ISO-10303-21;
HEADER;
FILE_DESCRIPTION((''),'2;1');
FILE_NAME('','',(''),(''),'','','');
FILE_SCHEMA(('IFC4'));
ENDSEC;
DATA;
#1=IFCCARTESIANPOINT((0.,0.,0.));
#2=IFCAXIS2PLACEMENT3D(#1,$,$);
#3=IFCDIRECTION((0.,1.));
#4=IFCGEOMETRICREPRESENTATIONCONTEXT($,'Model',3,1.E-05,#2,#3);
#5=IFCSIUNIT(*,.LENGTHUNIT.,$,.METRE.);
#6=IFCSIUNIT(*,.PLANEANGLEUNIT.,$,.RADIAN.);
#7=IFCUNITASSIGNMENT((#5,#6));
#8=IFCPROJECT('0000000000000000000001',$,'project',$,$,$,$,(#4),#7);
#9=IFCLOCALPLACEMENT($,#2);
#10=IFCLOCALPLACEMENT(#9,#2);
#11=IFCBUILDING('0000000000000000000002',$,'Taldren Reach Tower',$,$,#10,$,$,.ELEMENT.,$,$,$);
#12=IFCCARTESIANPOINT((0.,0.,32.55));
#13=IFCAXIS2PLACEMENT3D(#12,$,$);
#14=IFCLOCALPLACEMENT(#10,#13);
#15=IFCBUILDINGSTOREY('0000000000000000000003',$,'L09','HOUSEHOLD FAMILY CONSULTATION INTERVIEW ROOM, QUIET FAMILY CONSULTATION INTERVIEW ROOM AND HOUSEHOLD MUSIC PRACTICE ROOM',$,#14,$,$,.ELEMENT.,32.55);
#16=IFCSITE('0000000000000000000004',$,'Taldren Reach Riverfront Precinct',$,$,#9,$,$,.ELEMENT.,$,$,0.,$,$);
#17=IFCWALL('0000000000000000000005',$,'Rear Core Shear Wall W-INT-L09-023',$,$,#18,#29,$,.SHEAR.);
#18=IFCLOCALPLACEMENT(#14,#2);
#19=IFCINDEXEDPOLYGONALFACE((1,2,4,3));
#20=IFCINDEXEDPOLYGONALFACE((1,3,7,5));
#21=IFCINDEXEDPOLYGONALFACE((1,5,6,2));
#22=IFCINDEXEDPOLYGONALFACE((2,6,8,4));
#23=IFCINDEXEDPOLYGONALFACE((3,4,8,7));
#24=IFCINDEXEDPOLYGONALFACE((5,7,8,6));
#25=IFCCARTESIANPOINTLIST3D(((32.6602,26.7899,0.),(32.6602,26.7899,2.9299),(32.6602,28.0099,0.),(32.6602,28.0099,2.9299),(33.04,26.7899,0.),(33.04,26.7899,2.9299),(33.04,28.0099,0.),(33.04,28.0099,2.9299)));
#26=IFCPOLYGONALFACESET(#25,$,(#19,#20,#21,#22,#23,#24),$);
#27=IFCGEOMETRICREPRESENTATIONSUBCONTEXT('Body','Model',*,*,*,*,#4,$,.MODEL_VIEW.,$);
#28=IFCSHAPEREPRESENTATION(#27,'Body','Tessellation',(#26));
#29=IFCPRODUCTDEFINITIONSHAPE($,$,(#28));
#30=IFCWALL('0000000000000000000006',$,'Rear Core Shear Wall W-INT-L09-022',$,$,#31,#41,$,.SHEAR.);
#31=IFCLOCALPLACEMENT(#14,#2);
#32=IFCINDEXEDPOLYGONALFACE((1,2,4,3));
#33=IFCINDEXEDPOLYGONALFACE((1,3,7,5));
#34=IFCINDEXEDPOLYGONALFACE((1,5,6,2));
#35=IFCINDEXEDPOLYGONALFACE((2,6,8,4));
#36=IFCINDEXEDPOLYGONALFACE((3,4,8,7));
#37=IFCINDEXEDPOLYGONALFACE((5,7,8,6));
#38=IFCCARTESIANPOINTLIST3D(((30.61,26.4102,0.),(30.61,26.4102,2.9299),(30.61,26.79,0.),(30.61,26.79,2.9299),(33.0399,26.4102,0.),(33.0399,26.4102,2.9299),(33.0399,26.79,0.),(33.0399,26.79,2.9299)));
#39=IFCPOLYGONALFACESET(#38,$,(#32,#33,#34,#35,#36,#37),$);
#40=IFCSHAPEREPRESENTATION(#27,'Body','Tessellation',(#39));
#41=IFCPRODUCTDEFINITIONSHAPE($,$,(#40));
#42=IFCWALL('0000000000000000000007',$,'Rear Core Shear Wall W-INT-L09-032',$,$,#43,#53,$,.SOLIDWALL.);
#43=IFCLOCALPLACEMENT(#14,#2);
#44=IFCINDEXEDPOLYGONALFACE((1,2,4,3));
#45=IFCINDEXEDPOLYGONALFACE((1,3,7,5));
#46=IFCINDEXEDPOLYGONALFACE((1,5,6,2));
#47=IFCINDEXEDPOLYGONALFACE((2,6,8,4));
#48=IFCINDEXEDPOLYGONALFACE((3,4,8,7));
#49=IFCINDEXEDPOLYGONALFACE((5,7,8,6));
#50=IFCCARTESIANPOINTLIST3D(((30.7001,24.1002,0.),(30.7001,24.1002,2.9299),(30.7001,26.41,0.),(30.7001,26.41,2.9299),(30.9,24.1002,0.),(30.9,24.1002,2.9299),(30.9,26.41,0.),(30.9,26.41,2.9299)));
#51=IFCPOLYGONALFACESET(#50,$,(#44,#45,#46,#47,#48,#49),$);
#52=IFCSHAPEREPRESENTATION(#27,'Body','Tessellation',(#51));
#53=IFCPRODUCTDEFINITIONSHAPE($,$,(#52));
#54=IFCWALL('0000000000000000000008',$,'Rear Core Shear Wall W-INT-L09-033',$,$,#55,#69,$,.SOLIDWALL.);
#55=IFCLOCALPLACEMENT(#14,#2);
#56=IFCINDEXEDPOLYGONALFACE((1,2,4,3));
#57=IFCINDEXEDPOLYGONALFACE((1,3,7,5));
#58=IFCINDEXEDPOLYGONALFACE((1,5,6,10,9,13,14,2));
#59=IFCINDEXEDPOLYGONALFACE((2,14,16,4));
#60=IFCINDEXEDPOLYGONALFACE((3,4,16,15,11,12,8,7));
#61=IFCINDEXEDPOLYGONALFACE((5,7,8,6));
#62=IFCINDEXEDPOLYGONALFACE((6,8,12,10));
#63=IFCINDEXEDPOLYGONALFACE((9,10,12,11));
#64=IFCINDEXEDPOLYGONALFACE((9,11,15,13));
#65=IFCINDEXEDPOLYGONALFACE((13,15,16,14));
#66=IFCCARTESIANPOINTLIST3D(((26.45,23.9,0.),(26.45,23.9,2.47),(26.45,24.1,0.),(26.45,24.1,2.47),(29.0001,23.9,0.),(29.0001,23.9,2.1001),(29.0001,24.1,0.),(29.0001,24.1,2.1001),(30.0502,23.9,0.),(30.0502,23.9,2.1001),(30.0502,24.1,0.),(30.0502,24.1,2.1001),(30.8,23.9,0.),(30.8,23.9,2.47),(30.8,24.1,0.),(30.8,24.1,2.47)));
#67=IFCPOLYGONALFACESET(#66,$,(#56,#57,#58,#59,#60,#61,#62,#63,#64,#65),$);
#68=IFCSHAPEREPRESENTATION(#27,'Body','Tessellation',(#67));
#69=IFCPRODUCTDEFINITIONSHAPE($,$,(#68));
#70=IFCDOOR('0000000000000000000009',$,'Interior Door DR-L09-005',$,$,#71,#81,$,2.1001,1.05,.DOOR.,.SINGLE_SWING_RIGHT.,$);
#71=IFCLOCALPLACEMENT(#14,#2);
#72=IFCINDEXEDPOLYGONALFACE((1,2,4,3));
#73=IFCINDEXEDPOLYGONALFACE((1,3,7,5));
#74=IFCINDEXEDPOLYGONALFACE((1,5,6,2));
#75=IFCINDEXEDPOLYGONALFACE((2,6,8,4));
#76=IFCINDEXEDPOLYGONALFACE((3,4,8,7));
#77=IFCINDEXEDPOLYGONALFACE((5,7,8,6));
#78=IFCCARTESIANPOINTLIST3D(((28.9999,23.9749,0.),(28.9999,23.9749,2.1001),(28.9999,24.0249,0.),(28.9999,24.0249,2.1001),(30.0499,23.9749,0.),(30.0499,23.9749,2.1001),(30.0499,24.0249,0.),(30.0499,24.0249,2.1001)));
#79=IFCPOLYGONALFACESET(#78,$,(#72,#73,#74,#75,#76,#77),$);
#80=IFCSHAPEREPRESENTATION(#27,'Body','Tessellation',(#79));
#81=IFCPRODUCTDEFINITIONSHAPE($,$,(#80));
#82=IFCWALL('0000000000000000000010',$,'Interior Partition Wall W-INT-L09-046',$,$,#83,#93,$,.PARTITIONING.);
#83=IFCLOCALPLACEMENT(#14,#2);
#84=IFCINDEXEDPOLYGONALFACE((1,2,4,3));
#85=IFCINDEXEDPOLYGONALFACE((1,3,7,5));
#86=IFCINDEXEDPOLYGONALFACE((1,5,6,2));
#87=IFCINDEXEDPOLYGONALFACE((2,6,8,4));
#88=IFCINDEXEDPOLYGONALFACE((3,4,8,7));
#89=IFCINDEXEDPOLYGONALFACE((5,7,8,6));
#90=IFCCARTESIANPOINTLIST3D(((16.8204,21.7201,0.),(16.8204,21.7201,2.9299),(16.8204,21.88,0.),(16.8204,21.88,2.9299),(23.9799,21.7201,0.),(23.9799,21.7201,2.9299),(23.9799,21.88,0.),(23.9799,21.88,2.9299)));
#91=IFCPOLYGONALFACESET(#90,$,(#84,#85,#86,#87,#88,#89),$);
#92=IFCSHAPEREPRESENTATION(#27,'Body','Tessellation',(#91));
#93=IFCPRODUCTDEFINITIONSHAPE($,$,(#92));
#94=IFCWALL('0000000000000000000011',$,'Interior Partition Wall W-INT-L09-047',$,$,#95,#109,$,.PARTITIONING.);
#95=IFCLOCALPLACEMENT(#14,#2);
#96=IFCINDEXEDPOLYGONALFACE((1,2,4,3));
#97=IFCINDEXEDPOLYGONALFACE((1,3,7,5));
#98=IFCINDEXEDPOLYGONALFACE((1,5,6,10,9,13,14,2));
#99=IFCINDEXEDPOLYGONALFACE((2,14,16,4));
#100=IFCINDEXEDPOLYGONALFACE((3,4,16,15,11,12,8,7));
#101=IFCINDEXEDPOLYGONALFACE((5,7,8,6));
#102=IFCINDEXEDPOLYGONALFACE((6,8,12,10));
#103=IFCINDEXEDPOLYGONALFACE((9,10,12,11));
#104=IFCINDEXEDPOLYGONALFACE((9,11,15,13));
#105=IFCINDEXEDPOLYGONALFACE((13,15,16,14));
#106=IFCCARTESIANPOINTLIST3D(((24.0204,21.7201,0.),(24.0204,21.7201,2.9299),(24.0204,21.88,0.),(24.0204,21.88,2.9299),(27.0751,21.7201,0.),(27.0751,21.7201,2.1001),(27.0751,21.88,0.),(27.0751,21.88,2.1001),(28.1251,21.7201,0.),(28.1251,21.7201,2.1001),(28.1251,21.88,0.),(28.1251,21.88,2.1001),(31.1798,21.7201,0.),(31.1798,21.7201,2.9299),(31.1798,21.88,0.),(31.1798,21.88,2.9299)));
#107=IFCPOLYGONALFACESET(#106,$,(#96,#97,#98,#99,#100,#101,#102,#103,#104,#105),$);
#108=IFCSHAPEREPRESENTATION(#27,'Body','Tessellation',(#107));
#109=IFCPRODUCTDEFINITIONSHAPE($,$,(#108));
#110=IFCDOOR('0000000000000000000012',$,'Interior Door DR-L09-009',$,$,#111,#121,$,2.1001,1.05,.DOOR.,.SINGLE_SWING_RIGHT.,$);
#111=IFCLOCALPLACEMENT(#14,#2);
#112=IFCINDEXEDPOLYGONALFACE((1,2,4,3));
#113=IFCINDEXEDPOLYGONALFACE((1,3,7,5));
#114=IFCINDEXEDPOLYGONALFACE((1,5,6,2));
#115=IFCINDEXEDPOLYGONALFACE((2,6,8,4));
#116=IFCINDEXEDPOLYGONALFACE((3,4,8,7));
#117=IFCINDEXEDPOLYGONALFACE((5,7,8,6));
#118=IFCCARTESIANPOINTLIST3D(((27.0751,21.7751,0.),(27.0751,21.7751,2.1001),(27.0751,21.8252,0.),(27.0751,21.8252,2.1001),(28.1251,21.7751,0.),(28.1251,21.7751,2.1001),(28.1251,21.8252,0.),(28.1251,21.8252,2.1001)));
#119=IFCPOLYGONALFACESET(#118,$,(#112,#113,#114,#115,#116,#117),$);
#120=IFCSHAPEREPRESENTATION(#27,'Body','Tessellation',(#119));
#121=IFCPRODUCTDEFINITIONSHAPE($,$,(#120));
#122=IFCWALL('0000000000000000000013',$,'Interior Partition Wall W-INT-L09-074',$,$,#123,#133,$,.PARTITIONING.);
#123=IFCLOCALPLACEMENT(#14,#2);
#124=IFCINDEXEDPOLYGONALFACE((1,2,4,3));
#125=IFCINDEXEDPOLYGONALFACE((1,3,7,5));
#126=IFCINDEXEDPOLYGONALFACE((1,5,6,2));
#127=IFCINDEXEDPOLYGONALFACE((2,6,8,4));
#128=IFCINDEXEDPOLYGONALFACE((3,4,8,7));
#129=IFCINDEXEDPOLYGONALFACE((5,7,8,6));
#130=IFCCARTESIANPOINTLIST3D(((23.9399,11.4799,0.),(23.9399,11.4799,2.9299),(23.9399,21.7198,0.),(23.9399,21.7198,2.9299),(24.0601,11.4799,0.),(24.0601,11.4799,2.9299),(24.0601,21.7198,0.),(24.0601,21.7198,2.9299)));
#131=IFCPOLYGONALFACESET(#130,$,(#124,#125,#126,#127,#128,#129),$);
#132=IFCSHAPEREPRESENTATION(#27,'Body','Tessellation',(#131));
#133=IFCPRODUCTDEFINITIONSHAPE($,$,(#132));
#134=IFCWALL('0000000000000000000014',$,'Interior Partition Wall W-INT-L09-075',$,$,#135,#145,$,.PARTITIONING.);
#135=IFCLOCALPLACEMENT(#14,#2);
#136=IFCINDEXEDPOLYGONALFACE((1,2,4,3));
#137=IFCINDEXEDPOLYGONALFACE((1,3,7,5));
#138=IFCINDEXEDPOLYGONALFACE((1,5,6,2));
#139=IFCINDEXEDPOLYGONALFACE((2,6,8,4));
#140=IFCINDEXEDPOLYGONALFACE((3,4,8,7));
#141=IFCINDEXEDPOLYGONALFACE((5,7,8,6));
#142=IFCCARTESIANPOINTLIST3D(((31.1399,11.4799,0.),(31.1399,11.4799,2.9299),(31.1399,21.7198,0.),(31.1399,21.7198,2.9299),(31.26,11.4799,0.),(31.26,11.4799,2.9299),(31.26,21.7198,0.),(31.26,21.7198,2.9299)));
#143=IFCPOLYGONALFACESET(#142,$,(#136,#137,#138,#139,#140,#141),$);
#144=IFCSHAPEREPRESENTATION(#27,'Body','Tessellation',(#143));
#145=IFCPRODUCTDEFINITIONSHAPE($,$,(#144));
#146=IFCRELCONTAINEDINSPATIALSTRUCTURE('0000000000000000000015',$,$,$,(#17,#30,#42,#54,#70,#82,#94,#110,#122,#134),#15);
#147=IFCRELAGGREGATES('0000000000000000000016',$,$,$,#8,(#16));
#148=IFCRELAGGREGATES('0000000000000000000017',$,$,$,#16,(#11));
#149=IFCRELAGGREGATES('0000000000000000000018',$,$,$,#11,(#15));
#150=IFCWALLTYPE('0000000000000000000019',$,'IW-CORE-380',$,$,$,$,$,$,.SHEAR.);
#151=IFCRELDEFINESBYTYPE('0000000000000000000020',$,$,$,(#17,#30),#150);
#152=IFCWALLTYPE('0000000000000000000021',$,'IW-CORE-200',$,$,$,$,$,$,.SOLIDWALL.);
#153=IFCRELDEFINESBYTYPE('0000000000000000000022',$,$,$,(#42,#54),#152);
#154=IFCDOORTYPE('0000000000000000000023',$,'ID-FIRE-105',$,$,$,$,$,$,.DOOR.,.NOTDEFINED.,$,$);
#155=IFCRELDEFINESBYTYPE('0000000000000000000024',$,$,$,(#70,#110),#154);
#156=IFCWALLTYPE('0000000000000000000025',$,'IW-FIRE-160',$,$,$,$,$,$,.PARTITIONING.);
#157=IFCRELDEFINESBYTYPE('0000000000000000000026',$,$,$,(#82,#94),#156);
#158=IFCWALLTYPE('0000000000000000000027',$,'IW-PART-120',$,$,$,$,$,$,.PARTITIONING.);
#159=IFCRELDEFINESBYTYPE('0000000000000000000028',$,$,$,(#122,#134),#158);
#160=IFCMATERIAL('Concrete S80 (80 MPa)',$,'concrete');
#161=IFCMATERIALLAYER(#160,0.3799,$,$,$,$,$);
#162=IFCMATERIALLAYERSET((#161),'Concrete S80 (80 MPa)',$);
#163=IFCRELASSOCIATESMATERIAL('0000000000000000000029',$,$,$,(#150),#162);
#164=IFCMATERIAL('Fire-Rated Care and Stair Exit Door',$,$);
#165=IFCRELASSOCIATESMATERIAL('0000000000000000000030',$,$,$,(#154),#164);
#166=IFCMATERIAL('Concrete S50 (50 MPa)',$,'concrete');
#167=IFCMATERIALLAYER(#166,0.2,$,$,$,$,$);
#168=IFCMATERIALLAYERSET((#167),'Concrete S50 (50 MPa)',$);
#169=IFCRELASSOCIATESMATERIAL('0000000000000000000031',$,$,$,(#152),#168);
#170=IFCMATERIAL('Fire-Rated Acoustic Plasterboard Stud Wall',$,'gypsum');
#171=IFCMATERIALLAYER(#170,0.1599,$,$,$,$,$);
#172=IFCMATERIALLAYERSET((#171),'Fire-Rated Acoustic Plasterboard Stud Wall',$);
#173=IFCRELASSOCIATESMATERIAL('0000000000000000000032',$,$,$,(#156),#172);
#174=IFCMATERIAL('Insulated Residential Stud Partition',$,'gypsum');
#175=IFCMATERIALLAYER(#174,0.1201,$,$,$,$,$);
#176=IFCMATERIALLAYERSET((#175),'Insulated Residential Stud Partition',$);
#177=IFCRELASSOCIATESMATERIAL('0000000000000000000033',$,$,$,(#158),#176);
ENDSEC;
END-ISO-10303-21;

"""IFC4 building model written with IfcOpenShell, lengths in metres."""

from ifc_helpers import new_model, si_unit, direction, frame, frame_2d, origin, place, context, subcontext, project, spatial, rectangle, extrude, source, transform, mapped, material, layer, layer_set, type_object, element, fill, save


model = new_model("IFC4")

# Units and contexts
model_context = context("Model", 3, precision=1e-05, world=origin(), true_north=direction((0.0, 1.0)))
body_context = subcontext(model_context, "Body", "Model", "MODEL_VIEW")
ifc_project = project(units=[si_unit("LENGTHUNIT", "METRE"), si_unit("PLANEANGLEUNIT", "RADIAN")], contexts=[model_context])

# Site, building, storey
site_placement = place(None, origin())
site = spatial("IfcSite", under=ifc_project, at=site_placement, Name="Taldren Reach Riverfront Precinct", CompositionType="ELEMENT", RefElevation=0.0)
building_placement = place(site_placement, origin())
building = spatial("IfcBuilding", under=site, at=building_placement, Name="Taldren Reach Tower", CompositionType="ELEMENT")
storey_placement = place(building_placement, frame((0.0, 0.0, 32.55)))
storey = spatial("IfcBuildingStorey", under=building, at=storey_placement, Name="L09", Description="HOUSEHOLD FAMILY CONSULTATION INTERVIEW ROOM, QUIET FAMILY CONSULTATION INTERVIEW ROOM AND HOUSEHOLD MUSIC PRACTICE ROOM", CompositionType="ELEMENT", Elevation=32.55)

# Shared definitions
ifc_material_1 = material(Name="Concrete S80 (80 MPa)", Category="concrete")
ifc_layer_1 = layer(ifc_material_1, 0.3799)
ifc_layer_set_1 = layer_set([ifc_layer_1], Name="Concrete S80 (80 MPa)")
wall_type_1 = type_object("IfcWallType", Name="IW-CORE-380", PredefinedType="SHEAR", material=ifc_layer_set_1)
ifc_material_2 = material(Name="Fire-Rated Care and Stair Exit Door")
door_type = type_object("IfcDoorType", Name="ID-FIRE-105", OperationType="NOTDEFINED", PredefinedType="DOOR", material=ifc_material_2)
shared_shape_1 = source(origin(), body_context, "Body", "SweptSolid", [
    extrude(rectangle(XDim=1.05, YDim=2.1001, at=frame_2d((0.5249, 1.05))), frame((0.0, 0.0249, 0.0), z_axis=(0.0, -1.0, 0.0), x_axis=(1.0, 0.0, 0.0)), (0.0, 0.0, 1.0), 0.05),
])

# Shared definitions
ifc_material_3 = material(Name="Concrete S50 (50 MPa)", Category="concrete")
ifc_layer_2 = layer(ifc_material_3, 0.2)
ifc_layer_set_2 = layer_set([ifc_layer_2], Name="Concrete S50 (50 MPa)")
wall_type_2 = type_object("IfcWallType", Name="IW-CORE-200", PredefinedType="SOLIDWALL", material=ifc_layer_set_2)

# Shared definitions
shared_shape_2 = source(origin(), body_context, "Body", "SweptSolid", [
    extrude(rectangle(XDim=1.05, YDim=2.1001, at=frame_2d((0.5249, 1.05))), frame((0.0, 0.1099, 0.0), z_axis=(0.0, -1.0, 0.0), x_axis=(1.0, 0.0, 0.0)), (0.0, 0.0, 1.0), 0.22),
])

# Walls
shared_shape_3 = source(origin(), body_context, "Body", "SweptSolid", [
    extrude(rectangle(XDim=1.22, YDim=0.3799, at=frame_2d((0.6099, 0.0))), origin(), (0.0, 0.0, 1.0), 2.9299),
])
wall_1_placement = place(storey_placement, frame((32.8501, 26.79, 0.0), z_axis=(0.0, 0.0, 1.0), x_axis=(0.0, 1.0, 0.0)))
element("IfcWall", 1, at=wall_1_placement, inside=storey, type_object=wall_type_1, Name="Rear Core Shear Wall W-INT-L09-023", PredefinedType="SHEAR", context=body_context, shape_type="MappedRepresentation", body=[
    mapped(shared_shape_3, transform((0.0, 0.0, 0.0), scale=1.0)),
])
shared_shape_4 = source(origin(), body_context, "Body", "SweptSolid", [
    extrude(rectangle(XDim=2.4299, YDim=0.3799, at=frame_2d((1.2148, 0.0))), origin(), (0.0, 0.0, 1.0), 2.9299),
])
wall_2_placement = place(storey_placement, frame((30.6101, 26.6001, 0.0), z_axis=(0.0, 0.0, 1.0), x_axis=(1.0, 0.0, 0.0)))
element("IfcWall", 2, at=wall_2_placement, inside=storey, type_object=wall_type_1, Name="Rear Core Shear Wall W-INT-L09-022", PredefinedType="SHEAR", context=body_context, shape_type="MappedRepresentation", body=[
    mapped(shared_shape_4, transform((0.0, 0.0, 0.0), scale=1.0)),
])
shared_shape_5 = source(origin(), body_context, "Body", "SweptSolid", [
    extrude(rectangle(XDim=2.3098, YDim=0.2, at=frame_2d((1.1548, 0.0))), origin(), (0.0, 0.0, 1.0), 2.9299),
])
wall_3_placement = place(storey_placement, frame((30.8, 26.4099, 0.0), z_axis=(0.0, 0.0, 1.0), x_axis=(0.0, -1.0, 0.0)))
element("IfcWall", 3, at=wall_3_placement, inside=storey, type_object=wall_type_2, Name="Rear Core Shear Wall W-INT-L09-032", PredefinedType="SOLIDWALL", context=body_context, shape_type="MappedRepresentation", body=[
    mapped(shared_shape_5, transform((0.0, 0.0, 0.0), scale=1.0)),
])

# Wall, opening, door
shared_shape_6 = source(origin(), body_context, "Body", "SweptSolid", [
    extrude(rectangle(XDim=4.3501, YDim=0.2, at=frame_2d((2.175, 0.0))), origin(), (0.0, 0.0, 1.0), 2.47),
])
wall_4_placement = place(storey_placement, frame((30.8, 24.0, 0.0), z_axis=(0.0, 0.0, 1.0), x_axis=(-1.0, 0.0, 0.0)))
wall_4 = element("IfcWall", 4, at=wall_4_placement, inside=storey, type_object=wall_type_2, Name="Rear Core Shear Wall W-INT-L09-033", PredefinedType="SOLIDWALL", context=body_context, shape_type="MappedRepresentation", body=[
    mapped(shared_shape_6, transform((0.0, 0.0, 0.0), scale=1.0)),
])
opening_1_placement = place(wall_4_placement, frame((0.75, 0.0, 0.0)))
opening_1 = element("IfcOpeningElement", 5, at=opening_1_placement, cuts=wall_4, PredefinedType="OPENING", context=body_context, shape_type="MappedRepresentation", body=[
    mapped(shared_shape_2, transform((0.0, 0.0, 0.0), scale=1.0)),
])
door_1_placement = place(opening_1_placement, frame((1.05, 0.0, 0.0), z_axis=(0.0, 0.0, 1.0), x_axis=(-1.0, 0.0, 0.0)))
door_1 = element("IfcDoor", 6, at=door_1_placement, inside=storey, type_object=door_type, Name="Interior Door DR-L09-005", OperationType="SINGLE_SWING_RIGHT", OverallHeight=2.1001, OverallWidth=1.05, PredefinedType="DOOR", context=body_context, shape_type="MappedRepresentation", body=[
    mapped(shared_shape_1, transform((0.0, 0.0, 0.0), scale=1.0)),
])
fill(opening_1, door_1)

# Wall
ifc_material_4 = material(Name="Fire-Rated Acoustic Plasterboard Stud Wall", Category="gypsum")
ifc_layer_3 = layer(ifc_material_4, 0.1599)
ifc_layer_set_3 = layer_set([ifc_layer_3], Name="Fire-Rated Acoustic Plasterboard Stud Wall")
wall_type_3 = type_object("IfcWallType", Name="IW-FIRE-160", PredefinedType="PARTITIONING", material=ifc_layer_set_3)
shared_shape_7 = source(origin(), body_context, "Body", "SweptSolid", [
    extrude(rectangle(XDim=7.1594, YDim=0.1599, at=frame_2d((3.5796, 0.0))), origin(), (0.0, 0.0, 1.0), 2.9299),
])
wall_5_placement = place(storey_placement, frame((23.9797, 21.8, 0.0), z_axis=(0.0, 0.0, 1.0), x_axis=(-1.0, 0.0, 0.0)))
element("IfcWall", 7, at=wall_5_placement, inside=storey, type_object=wall_type_3, Name="Interior Partition Wall W-INT-L09-046", PredefinedType="PARTITIONING", context=body_context, shape_type="MappedRepresentation", body=[
    mapped(shared_shape_7, transform((0.0, 0.0, 0.0), scale=1.0)),
])

# Wall, opening, door
wall_6_placement = place(storey_placement, frame((31.1797, 21.8, 0.0), z_axis=(0.0, 0.0, 1.0), x_axis=(-1.0, 0.0, 0.0)))
wall_6 = element("IfcWall", 8, at=wall_6_placement, inside=storey, type_object=wall_type_3, Name="Interior Partition Wall W-INT-L09-047", PredefinedType="PARTITIONING", context=body_context, shape_type="MappedRepresentation", body=[
    mapped(shared_shape_7, transform((0.0, 0.0, 0.0), scale=1.0)),
])
shared_shape_8 = source(origin(), body_context, "Body", "SweptSolid", [
    extrude(rectangle(XDim=1.05, YDim=2.1001, at=frame_2d((0.5249, 1.05))), frame((0.0, 0.0898, 0.0), z_axis=(0.0, -1.0, 0.0), x_axis=(1.0, 0.0, 0.0)), (0.0, 0.0, 1.0), 0.1799),
])
opening_2_placement = place(wall_6_placement, frame((3.0547, 0.0, 0.0)))
opening_2 = element("IfcOpeningElement", 9, at=opening_2_placement, cuts=wall_6, PredefinedType="OPENING", context=body_context, shape_type="MappedRepresentation", body=[
    mapped(shared_shape_8, transform((0.0, 0.0, 0.0), scale=1.0)),
])
door_2_placement = place(opening_2_placement, origin())
door_2 = element("IfcDoor", 10, at=door_2_placement, inside=storey, type_object=door_type, Name="Interior Door DR-L09-009", OperationType="SINGLE_SWING_RIGHT", OverallHeight=2.1001, OverallWidth=1.05, PredefinedType="DOOR", context=body_context, shape_type="MappedRepresentation", body=[
    mapped(shared_shape_1, transform((0.0, 0.0, 0.0), scale=1.0)),
])
fill(opening_2, door_2)

# Walls
ifc_material_5 = material(Name="Insulated Residential Stud Partition", Category="gypsum")
ifc_layer_4 = layer(ifc_material_5, 0.1201)
ifc_layer_set_4 = layer_set([ifc_layer_4], Name="Insulated Residential Stud Partition")
wall_type_4 = type_object("IfcWallType", Name="IW-PART-120", PredefinedType="PARTITIONING", material=ifc_layer_set_4)
shared_shape_9 = source(origin(), body_context, "Body", "SweptSolid", [
    extrude(rectangle(XDim=10.24, YDim=0.1201, at=frame_2d((5.1201, 0.0))), origin(), (0.0, 0.0, 1.0), 2.9299),
])
for number, where, z_axis, x_axis, name in (
    (11, (24.0, 21.72, 0.0), (0.0, 0.0, 1.0), (0.0, -1.0, 0.0), "Interior Partition Wall W-INT-L09-074"),
    (12, (31.2, 21.72, 0.0), (0.0, 0.0, 1.0), (0.0, -1.0, 0.0), "Interior Partition Wall W-INT-L09-075"),
):
    element("IfcWall", number, at=place(storey_placement, frame(where, z_axis=z_axis, x_axis=x_axis)), inside=storey, type_object=wall_type_4, Name=name, PredefinedType="PARTITIONING", context=body_context, shape_type="MappedRepresentation", body=[
        mapped(shared_shape_9, transform((0.0, 0.0, 0.0), scale=1.0)),
    ])

save(model, "model.ifc")
